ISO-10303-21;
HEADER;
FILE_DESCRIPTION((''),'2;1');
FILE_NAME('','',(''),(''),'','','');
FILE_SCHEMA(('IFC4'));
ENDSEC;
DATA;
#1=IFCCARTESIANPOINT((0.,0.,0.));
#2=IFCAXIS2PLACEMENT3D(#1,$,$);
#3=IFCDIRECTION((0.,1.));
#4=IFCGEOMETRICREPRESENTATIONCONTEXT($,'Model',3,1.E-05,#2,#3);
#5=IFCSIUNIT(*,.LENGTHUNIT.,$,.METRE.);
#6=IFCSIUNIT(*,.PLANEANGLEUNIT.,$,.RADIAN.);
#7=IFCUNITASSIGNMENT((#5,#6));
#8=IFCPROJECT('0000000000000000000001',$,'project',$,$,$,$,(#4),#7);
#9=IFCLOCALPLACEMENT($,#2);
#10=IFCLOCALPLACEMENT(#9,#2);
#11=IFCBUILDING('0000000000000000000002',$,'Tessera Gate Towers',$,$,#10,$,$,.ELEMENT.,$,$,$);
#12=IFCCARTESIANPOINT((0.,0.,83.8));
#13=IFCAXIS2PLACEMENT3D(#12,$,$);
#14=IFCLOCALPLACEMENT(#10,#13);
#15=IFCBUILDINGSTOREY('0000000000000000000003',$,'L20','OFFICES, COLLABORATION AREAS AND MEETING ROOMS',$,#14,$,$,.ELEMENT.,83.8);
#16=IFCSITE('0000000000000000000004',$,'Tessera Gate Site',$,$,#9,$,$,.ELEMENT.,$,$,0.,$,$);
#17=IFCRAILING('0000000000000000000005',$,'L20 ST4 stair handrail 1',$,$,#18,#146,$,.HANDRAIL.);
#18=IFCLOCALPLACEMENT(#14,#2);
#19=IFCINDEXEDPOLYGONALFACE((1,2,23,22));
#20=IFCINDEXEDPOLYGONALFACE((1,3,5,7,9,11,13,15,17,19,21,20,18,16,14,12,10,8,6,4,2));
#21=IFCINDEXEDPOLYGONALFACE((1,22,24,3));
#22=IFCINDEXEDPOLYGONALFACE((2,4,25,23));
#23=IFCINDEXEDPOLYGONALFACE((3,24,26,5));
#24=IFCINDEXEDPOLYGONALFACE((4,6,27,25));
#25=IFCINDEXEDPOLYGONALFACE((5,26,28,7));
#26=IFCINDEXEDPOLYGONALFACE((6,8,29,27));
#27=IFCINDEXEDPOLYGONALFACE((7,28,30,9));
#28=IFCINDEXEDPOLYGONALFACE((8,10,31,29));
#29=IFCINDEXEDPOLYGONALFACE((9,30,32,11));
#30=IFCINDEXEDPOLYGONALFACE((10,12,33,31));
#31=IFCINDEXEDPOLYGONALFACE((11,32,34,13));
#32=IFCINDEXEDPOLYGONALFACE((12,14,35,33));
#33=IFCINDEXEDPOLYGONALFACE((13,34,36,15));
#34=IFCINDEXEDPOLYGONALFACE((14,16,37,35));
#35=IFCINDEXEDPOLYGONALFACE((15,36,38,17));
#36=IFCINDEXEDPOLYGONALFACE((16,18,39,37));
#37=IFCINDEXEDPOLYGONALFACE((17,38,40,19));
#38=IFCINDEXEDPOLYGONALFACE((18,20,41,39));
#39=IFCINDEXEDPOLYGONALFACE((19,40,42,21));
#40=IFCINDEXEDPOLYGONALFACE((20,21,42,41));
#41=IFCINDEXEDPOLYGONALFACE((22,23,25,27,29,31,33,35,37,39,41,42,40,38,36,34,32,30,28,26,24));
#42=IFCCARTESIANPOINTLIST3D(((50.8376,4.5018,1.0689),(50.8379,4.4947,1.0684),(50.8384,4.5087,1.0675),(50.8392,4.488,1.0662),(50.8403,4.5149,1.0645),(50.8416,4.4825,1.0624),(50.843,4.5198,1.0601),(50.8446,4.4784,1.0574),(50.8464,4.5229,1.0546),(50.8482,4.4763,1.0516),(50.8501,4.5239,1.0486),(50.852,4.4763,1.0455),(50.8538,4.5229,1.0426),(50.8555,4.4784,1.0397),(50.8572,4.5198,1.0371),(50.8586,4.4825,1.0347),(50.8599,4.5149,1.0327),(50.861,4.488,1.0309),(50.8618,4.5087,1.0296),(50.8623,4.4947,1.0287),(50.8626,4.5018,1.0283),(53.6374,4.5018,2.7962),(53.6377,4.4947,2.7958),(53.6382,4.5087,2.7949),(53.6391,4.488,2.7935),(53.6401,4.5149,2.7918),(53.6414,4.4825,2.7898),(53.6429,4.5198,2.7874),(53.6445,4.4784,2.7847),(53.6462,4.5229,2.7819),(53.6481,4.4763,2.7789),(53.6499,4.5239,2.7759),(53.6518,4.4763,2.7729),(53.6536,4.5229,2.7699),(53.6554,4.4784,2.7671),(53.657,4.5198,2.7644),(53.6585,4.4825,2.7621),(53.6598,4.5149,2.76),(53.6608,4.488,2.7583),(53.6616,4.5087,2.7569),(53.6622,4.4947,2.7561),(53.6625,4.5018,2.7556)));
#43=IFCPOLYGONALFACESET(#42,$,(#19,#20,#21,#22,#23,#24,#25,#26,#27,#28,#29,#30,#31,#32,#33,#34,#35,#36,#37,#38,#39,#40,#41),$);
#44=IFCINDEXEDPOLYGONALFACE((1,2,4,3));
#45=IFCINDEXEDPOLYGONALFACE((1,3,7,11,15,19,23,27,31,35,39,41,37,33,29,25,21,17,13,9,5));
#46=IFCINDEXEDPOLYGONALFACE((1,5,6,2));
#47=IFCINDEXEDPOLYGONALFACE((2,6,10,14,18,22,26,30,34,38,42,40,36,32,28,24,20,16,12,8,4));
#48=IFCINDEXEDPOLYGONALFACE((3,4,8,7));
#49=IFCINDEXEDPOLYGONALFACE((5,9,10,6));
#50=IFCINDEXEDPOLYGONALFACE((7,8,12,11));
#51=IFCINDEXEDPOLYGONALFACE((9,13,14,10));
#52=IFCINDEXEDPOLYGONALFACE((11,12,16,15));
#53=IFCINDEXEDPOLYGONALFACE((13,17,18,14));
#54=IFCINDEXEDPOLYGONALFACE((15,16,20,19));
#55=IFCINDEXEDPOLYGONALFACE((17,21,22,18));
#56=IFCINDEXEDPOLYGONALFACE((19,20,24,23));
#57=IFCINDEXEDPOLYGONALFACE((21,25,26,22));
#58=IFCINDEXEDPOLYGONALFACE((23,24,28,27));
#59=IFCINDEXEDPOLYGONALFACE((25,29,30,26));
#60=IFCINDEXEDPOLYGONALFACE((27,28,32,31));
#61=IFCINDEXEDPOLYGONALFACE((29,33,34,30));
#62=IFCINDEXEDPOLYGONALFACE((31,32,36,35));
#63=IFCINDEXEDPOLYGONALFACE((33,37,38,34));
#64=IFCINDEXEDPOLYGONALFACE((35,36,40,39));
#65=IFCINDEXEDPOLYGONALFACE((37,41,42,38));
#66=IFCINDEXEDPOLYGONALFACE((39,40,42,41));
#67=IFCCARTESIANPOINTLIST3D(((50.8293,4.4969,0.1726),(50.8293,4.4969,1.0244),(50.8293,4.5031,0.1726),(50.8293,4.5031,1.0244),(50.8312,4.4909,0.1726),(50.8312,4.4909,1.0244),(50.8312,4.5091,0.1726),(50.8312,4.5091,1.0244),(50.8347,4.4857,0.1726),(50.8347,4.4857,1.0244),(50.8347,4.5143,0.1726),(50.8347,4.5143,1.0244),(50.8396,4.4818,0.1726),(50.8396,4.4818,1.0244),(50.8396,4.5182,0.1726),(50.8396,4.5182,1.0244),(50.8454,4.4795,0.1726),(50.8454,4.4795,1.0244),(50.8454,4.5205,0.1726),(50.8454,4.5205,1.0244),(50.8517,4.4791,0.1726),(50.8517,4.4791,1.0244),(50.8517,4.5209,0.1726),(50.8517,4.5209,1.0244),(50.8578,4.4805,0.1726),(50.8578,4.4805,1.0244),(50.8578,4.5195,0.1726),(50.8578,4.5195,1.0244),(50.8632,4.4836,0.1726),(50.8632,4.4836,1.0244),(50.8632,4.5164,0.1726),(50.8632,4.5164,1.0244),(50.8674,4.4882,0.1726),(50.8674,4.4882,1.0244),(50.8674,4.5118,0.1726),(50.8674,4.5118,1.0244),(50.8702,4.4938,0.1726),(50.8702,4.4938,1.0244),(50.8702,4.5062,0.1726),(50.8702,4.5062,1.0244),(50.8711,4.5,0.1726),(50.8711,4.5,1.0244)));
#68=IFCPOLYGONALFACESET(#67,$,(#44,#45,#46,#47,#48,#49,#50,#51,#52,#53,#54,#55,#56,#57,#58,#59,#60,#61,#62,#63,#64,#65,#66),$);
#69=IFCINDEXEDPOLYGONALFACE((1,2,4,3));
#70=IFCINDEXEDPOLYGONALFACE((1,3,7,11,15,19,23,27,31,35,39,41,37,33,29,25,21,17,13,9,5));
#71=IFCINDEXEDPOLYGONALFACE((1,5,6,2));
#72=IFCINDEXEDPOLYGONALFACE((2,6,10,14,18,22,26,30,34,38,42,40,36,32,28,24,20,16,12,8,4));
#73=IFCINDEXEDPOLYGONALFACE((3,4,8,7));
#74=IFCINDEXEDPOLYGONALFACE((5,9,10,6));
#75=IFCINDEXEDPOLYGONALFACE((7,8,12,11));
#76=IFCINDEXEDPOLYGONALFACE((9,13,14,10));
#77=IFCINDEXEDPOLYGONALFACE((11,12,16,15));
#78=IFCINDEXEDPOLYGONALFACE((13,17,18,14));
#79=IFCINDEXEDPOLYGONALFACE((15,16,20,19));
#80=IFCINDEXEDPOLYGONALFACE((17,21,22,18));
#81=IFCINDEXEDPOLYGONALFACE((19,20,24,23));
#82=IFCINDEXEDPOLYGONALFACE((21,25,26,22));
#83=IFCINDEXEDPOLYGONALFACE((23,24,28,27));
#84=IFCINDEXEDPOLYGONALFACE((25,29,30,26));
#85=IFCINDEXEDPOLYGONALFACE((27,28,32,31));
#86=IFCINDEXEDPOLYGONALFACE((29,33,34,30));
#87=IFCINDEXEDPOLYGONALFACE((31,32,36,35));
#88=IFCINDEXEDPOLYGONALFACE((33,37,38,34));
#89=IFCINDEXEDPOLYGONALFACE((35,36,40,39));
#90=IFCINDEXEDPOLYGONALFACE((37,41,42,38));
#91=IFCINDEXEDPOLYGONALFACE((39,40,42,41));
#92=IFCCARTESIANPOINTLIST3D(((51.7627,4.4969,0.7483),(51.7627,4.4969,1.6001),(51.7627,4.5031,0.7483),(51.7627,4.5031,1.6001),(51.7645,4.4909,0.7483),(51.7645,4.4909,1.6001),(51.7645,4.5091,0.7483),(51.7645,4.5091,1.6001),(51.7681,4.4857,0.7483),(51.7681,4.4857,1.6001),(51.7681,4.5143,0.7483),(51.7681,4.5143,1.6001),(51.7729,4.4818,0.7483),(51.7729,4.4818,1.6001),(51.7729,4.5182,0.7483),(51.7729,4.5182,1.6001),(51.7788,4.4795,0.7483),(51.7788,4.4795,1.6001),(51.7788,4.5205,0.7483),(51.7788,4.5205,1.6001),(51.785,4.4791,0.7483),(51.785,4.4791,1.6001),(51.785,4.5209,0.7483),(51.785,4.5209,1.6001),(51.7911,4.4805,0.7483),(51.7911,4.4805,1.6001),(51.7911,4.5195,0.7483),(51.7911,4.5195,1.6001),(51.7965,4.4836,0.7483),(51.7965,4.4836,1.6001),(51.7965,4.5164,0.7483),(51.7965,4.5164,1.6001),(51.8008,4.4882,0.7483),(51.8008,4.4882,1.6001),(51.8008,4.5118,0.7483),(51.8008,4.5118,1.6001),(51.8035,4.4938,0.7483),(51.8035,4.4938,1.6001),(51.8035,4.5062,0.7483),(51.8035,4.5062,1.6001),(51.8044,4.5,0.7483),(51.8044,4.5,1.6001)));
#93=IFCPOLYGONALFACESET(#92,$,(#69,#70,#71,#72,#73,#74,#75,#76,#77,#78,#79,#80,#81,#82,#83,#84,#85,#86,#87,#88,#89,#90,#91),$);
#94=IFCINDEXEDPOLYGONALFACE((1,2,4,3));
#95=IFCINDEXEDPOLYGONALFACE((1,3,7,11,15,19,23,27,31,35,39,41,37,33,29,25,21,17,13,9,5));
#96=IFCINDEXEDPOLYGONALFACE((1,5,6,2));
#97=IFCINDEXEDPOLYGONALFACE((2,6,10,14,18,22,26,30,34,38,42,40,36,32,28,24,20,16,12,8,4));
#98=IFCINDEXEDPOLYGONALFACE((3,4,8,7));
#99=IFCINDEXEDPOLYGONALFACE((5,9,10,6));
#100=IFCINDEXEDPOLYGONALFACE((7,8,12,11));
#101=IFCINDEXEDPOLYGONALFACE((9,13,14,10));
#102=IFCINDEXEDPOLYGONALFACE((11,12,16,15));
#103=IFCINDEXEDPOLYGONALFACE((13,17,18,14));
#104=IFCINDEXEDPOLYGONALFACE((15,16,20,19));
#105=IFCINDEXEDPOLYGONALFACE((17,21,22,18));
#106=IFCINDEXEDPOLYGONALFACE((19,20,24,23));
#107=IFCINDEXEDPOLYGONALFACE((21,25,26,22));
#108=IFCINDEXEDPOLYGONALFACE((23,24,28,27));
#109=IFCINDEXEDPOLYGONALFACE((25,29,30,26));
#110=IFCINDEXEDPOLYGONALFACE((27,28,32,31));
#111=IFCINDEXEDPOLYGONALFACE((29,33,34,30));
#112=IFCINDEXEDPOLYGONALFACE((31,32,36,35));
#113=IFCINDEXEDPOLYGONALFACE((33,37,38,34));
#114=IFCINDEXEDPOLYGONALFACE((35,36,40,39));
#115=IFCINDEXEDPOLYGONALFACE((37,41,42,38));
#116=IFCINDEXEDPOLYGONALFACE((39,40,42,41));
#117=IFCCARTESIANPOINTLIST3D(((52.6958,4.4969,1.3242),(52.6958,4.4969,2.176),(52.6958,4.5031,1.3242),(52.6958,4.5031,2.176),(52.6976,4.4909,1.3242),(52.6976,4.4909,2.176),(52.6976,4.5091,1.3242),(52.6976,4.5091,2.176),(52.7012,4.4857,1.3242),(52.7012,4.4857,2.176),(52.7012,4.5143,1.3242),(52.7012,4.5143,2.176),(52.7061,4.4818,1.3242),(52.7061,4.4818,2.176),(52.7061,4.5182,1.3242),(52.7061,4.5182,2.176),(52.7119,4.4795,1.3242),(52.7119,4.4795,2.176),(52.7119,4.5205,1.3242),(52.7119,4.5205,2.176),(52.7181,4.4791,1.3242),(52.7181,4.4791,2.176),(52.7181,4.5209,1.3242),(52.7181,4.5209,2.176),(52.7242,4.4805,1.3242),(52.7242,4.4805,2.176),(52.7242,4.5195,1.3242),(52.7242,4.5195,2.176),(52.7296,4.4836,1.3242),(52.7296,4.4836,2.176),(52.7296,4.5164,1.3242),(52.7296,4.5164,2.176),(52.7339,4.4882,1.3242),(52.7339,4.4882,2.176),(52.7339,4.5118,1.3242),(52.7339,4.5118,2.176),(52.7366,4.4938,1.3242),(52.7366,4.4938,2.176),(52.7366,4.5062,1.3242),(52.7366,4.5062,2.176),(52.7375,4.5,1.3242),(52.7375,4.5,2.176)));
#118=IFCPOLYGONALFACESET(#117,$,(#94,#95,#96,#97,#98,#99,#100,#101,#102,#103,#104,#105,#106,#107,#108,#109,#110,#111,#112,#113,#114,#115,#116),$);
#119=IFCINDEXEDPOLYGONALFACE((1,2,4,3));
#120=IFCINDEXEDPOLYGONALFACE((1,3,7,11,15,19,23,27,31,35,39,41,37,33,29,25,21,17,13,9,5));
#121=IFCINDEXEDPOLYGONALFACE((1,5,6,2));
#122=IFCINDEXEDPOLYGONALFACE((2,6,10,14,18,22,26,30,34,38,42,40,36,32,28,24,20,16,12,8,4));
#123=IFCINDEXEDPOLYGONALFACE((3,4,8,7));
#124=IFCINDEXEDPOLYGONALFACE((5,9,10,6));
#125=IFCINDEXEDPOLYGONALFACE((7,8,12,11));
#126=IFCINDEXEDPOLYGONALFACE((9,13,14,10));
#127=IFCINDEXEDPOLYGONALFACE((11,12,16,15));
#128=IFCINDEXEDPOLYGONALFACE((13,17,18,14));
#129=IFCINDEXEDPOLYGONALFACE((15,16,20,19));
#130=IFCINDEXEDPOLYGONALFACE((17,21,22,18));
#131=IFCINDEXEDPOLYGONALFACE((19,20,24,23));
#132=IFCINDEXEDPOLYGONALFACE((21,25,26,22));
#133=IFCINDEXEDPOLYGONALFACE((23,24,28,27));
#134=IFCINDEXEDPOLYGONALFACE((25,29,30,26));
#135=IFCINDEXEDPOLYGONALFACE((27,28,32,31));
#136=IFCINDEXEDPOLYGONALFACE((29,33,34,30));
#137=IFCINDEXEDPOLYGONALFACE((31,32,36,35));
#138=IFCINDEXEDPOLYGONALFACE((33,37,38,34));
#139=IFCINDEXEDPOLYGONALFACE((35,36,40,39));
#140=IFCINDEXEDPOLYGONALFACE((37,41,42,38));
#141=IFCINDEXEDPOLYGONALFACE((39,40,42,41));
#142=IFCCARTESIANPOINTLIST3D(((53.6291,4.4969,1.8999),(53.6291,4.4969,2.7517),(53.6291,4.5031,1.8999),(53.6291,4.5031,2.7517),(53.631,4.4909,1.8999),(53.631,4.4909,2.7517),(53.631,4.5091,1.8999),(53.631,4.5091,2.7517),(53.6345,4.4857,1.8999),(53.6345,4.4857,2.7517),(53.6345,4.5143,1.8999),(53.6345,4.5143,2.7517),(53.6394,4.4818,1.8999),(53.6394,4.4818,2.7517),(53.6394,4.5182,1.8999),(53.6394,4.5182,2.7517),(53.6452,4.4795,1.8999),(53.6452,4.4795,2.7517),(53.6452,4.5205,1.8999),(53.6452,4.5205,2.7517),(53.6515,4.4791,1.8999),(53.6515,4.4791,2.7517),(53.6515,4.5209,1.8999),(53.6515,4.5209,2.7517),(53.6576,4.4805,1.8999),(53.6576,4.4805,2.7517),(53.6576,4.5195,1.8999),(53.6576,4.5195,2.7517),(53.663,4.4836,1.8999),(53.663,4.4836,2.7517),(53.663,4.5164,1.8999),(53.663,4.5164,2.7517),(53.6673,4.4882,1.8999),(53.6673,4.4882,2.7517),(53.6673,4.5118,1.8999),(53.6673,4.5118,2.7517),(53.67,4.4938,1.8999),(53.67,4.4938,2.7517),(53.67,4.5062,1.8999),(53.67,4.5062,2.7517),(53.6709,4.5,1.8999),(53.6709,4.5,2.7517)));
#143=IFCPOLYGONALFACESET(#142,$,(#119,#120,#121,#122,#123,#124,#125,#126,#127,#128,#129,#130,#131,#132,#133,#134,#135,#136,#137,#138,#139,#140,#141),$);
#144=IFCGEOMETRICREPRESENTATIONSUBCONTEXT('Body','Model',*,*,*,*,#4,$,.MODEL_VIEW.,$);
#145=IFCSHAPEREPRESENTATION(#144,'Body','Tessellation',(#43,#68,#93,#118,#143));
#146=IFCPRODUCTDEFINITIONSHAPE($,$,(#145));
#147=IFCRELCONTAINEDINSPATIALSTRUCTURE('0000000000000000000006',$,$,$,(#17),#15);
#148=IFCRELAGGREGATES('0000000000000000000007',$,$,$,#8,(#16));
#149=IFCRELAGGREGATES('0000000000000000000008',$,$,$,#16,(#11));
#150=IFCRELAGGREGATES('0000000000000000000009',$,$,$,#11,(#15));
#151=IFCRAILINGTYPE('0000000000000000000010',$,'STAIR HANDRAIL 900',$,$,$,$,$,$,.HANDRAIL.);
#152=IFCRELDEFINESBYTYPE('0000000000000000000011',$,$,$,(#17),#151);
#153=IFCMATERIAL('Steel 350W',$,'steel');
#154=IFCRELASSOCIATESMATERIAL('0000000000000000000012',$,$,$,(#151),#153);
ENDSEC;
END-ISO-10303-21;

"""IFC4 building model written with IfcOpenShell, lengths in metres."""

from ifc_helpers import new_model, si_unit, direction, frame, origin, origin_2d, place, context, subcontext, project, spatial, circle, extrude, material, type_object, element, save


model = new_model("IFC4")

# Units and contexts
model_context = context("Model", 3, precision=1e-05, world=origin(), true_north=direction((0.0, 1.0)))
body_context = subcontext(model_context, "Body", "Model", "MODEL_VIEW")
ifc_project = project(units=[si_unit("LENGTHUNIT", "METRE"), si_unit("PLANEANGLEUNIT", "RADIAN")], contexts=[model_context])

# Site, building, storey
site_placement = place(None, origin())
site = spatial("IfcSite", under=ifc_project, at=site_placement, Name="Tessera Gate Site", CompositionType="ELEMENT", RefElevation=0.0)
building_placement = place(site_placement, origin())
building = spatial("IfcBuilding", under=site, at=building_placement, Name="Tessera Gate Towers", CompositionType="ELEMENT")
storey_placement = place(building_placement, frame((0.0, 0.0, 83.8)))
storey = spatial("IfcBuildingStorey", under=building, at=storey_placement, Name="L20", Description="OFFICES, COLLABORATION AREAS AND MEETING ROOMS", CompositionType="ELEMENT", Elevation=83.8)

# Railing
ifc_material_1 = material(Name="Steel 350W", Category="steel")
railing_type_1 = type_object("IfcRailingType", Name="STAIR HANDRAIL 900", PredefinedType="HANDRAIL", material=ifc_material_1)
railing_1_placement = place(storey_placement, frame((50.8501, 4.5, 0.1726)))
element("IfcRailing", 1, at=railing_1_placement, inside=storey, type_object=railing_type_1, Name="L20 ST4 stair handrail 1", PredefinedType="HANDRAIL", context=body_context, shape_type="SweptSolid", body=[
    extrude(circle(Radius=0.0239, at=origin_2d()), frame((0.0, 0.0, 0.876), z_axis=(0.851069, 0.0, 0.525054), x_axis=(0.0, 1.0, 0.0)), (0.0, 0.0, 1.0), 3.2898),
    extrude(circle(Radius=0.021, at=origin_2d()), origin(), (0.0, 0.0, 1.0), 0.8518),
    extrude(circle(Radius=0.021, at=origin_2d()), frame((0.9333, 0.0, 0.5757)), (0.0, 0.0, 1.0), 0.8518),
    extrude(circle(Radius=0.021, at=origin_2d()), frame((1.8665, 0.0, 1.1516)), (0.0, 0.0, 1.0), 0.8518),
    extrude(circle(Radius=0.021, at=origin_2d()), frame((2.7998, 0.0, 1.7273)), (0.0, 0.0, 1.0), 0.8518),
])

save(model, "model.ifc")
